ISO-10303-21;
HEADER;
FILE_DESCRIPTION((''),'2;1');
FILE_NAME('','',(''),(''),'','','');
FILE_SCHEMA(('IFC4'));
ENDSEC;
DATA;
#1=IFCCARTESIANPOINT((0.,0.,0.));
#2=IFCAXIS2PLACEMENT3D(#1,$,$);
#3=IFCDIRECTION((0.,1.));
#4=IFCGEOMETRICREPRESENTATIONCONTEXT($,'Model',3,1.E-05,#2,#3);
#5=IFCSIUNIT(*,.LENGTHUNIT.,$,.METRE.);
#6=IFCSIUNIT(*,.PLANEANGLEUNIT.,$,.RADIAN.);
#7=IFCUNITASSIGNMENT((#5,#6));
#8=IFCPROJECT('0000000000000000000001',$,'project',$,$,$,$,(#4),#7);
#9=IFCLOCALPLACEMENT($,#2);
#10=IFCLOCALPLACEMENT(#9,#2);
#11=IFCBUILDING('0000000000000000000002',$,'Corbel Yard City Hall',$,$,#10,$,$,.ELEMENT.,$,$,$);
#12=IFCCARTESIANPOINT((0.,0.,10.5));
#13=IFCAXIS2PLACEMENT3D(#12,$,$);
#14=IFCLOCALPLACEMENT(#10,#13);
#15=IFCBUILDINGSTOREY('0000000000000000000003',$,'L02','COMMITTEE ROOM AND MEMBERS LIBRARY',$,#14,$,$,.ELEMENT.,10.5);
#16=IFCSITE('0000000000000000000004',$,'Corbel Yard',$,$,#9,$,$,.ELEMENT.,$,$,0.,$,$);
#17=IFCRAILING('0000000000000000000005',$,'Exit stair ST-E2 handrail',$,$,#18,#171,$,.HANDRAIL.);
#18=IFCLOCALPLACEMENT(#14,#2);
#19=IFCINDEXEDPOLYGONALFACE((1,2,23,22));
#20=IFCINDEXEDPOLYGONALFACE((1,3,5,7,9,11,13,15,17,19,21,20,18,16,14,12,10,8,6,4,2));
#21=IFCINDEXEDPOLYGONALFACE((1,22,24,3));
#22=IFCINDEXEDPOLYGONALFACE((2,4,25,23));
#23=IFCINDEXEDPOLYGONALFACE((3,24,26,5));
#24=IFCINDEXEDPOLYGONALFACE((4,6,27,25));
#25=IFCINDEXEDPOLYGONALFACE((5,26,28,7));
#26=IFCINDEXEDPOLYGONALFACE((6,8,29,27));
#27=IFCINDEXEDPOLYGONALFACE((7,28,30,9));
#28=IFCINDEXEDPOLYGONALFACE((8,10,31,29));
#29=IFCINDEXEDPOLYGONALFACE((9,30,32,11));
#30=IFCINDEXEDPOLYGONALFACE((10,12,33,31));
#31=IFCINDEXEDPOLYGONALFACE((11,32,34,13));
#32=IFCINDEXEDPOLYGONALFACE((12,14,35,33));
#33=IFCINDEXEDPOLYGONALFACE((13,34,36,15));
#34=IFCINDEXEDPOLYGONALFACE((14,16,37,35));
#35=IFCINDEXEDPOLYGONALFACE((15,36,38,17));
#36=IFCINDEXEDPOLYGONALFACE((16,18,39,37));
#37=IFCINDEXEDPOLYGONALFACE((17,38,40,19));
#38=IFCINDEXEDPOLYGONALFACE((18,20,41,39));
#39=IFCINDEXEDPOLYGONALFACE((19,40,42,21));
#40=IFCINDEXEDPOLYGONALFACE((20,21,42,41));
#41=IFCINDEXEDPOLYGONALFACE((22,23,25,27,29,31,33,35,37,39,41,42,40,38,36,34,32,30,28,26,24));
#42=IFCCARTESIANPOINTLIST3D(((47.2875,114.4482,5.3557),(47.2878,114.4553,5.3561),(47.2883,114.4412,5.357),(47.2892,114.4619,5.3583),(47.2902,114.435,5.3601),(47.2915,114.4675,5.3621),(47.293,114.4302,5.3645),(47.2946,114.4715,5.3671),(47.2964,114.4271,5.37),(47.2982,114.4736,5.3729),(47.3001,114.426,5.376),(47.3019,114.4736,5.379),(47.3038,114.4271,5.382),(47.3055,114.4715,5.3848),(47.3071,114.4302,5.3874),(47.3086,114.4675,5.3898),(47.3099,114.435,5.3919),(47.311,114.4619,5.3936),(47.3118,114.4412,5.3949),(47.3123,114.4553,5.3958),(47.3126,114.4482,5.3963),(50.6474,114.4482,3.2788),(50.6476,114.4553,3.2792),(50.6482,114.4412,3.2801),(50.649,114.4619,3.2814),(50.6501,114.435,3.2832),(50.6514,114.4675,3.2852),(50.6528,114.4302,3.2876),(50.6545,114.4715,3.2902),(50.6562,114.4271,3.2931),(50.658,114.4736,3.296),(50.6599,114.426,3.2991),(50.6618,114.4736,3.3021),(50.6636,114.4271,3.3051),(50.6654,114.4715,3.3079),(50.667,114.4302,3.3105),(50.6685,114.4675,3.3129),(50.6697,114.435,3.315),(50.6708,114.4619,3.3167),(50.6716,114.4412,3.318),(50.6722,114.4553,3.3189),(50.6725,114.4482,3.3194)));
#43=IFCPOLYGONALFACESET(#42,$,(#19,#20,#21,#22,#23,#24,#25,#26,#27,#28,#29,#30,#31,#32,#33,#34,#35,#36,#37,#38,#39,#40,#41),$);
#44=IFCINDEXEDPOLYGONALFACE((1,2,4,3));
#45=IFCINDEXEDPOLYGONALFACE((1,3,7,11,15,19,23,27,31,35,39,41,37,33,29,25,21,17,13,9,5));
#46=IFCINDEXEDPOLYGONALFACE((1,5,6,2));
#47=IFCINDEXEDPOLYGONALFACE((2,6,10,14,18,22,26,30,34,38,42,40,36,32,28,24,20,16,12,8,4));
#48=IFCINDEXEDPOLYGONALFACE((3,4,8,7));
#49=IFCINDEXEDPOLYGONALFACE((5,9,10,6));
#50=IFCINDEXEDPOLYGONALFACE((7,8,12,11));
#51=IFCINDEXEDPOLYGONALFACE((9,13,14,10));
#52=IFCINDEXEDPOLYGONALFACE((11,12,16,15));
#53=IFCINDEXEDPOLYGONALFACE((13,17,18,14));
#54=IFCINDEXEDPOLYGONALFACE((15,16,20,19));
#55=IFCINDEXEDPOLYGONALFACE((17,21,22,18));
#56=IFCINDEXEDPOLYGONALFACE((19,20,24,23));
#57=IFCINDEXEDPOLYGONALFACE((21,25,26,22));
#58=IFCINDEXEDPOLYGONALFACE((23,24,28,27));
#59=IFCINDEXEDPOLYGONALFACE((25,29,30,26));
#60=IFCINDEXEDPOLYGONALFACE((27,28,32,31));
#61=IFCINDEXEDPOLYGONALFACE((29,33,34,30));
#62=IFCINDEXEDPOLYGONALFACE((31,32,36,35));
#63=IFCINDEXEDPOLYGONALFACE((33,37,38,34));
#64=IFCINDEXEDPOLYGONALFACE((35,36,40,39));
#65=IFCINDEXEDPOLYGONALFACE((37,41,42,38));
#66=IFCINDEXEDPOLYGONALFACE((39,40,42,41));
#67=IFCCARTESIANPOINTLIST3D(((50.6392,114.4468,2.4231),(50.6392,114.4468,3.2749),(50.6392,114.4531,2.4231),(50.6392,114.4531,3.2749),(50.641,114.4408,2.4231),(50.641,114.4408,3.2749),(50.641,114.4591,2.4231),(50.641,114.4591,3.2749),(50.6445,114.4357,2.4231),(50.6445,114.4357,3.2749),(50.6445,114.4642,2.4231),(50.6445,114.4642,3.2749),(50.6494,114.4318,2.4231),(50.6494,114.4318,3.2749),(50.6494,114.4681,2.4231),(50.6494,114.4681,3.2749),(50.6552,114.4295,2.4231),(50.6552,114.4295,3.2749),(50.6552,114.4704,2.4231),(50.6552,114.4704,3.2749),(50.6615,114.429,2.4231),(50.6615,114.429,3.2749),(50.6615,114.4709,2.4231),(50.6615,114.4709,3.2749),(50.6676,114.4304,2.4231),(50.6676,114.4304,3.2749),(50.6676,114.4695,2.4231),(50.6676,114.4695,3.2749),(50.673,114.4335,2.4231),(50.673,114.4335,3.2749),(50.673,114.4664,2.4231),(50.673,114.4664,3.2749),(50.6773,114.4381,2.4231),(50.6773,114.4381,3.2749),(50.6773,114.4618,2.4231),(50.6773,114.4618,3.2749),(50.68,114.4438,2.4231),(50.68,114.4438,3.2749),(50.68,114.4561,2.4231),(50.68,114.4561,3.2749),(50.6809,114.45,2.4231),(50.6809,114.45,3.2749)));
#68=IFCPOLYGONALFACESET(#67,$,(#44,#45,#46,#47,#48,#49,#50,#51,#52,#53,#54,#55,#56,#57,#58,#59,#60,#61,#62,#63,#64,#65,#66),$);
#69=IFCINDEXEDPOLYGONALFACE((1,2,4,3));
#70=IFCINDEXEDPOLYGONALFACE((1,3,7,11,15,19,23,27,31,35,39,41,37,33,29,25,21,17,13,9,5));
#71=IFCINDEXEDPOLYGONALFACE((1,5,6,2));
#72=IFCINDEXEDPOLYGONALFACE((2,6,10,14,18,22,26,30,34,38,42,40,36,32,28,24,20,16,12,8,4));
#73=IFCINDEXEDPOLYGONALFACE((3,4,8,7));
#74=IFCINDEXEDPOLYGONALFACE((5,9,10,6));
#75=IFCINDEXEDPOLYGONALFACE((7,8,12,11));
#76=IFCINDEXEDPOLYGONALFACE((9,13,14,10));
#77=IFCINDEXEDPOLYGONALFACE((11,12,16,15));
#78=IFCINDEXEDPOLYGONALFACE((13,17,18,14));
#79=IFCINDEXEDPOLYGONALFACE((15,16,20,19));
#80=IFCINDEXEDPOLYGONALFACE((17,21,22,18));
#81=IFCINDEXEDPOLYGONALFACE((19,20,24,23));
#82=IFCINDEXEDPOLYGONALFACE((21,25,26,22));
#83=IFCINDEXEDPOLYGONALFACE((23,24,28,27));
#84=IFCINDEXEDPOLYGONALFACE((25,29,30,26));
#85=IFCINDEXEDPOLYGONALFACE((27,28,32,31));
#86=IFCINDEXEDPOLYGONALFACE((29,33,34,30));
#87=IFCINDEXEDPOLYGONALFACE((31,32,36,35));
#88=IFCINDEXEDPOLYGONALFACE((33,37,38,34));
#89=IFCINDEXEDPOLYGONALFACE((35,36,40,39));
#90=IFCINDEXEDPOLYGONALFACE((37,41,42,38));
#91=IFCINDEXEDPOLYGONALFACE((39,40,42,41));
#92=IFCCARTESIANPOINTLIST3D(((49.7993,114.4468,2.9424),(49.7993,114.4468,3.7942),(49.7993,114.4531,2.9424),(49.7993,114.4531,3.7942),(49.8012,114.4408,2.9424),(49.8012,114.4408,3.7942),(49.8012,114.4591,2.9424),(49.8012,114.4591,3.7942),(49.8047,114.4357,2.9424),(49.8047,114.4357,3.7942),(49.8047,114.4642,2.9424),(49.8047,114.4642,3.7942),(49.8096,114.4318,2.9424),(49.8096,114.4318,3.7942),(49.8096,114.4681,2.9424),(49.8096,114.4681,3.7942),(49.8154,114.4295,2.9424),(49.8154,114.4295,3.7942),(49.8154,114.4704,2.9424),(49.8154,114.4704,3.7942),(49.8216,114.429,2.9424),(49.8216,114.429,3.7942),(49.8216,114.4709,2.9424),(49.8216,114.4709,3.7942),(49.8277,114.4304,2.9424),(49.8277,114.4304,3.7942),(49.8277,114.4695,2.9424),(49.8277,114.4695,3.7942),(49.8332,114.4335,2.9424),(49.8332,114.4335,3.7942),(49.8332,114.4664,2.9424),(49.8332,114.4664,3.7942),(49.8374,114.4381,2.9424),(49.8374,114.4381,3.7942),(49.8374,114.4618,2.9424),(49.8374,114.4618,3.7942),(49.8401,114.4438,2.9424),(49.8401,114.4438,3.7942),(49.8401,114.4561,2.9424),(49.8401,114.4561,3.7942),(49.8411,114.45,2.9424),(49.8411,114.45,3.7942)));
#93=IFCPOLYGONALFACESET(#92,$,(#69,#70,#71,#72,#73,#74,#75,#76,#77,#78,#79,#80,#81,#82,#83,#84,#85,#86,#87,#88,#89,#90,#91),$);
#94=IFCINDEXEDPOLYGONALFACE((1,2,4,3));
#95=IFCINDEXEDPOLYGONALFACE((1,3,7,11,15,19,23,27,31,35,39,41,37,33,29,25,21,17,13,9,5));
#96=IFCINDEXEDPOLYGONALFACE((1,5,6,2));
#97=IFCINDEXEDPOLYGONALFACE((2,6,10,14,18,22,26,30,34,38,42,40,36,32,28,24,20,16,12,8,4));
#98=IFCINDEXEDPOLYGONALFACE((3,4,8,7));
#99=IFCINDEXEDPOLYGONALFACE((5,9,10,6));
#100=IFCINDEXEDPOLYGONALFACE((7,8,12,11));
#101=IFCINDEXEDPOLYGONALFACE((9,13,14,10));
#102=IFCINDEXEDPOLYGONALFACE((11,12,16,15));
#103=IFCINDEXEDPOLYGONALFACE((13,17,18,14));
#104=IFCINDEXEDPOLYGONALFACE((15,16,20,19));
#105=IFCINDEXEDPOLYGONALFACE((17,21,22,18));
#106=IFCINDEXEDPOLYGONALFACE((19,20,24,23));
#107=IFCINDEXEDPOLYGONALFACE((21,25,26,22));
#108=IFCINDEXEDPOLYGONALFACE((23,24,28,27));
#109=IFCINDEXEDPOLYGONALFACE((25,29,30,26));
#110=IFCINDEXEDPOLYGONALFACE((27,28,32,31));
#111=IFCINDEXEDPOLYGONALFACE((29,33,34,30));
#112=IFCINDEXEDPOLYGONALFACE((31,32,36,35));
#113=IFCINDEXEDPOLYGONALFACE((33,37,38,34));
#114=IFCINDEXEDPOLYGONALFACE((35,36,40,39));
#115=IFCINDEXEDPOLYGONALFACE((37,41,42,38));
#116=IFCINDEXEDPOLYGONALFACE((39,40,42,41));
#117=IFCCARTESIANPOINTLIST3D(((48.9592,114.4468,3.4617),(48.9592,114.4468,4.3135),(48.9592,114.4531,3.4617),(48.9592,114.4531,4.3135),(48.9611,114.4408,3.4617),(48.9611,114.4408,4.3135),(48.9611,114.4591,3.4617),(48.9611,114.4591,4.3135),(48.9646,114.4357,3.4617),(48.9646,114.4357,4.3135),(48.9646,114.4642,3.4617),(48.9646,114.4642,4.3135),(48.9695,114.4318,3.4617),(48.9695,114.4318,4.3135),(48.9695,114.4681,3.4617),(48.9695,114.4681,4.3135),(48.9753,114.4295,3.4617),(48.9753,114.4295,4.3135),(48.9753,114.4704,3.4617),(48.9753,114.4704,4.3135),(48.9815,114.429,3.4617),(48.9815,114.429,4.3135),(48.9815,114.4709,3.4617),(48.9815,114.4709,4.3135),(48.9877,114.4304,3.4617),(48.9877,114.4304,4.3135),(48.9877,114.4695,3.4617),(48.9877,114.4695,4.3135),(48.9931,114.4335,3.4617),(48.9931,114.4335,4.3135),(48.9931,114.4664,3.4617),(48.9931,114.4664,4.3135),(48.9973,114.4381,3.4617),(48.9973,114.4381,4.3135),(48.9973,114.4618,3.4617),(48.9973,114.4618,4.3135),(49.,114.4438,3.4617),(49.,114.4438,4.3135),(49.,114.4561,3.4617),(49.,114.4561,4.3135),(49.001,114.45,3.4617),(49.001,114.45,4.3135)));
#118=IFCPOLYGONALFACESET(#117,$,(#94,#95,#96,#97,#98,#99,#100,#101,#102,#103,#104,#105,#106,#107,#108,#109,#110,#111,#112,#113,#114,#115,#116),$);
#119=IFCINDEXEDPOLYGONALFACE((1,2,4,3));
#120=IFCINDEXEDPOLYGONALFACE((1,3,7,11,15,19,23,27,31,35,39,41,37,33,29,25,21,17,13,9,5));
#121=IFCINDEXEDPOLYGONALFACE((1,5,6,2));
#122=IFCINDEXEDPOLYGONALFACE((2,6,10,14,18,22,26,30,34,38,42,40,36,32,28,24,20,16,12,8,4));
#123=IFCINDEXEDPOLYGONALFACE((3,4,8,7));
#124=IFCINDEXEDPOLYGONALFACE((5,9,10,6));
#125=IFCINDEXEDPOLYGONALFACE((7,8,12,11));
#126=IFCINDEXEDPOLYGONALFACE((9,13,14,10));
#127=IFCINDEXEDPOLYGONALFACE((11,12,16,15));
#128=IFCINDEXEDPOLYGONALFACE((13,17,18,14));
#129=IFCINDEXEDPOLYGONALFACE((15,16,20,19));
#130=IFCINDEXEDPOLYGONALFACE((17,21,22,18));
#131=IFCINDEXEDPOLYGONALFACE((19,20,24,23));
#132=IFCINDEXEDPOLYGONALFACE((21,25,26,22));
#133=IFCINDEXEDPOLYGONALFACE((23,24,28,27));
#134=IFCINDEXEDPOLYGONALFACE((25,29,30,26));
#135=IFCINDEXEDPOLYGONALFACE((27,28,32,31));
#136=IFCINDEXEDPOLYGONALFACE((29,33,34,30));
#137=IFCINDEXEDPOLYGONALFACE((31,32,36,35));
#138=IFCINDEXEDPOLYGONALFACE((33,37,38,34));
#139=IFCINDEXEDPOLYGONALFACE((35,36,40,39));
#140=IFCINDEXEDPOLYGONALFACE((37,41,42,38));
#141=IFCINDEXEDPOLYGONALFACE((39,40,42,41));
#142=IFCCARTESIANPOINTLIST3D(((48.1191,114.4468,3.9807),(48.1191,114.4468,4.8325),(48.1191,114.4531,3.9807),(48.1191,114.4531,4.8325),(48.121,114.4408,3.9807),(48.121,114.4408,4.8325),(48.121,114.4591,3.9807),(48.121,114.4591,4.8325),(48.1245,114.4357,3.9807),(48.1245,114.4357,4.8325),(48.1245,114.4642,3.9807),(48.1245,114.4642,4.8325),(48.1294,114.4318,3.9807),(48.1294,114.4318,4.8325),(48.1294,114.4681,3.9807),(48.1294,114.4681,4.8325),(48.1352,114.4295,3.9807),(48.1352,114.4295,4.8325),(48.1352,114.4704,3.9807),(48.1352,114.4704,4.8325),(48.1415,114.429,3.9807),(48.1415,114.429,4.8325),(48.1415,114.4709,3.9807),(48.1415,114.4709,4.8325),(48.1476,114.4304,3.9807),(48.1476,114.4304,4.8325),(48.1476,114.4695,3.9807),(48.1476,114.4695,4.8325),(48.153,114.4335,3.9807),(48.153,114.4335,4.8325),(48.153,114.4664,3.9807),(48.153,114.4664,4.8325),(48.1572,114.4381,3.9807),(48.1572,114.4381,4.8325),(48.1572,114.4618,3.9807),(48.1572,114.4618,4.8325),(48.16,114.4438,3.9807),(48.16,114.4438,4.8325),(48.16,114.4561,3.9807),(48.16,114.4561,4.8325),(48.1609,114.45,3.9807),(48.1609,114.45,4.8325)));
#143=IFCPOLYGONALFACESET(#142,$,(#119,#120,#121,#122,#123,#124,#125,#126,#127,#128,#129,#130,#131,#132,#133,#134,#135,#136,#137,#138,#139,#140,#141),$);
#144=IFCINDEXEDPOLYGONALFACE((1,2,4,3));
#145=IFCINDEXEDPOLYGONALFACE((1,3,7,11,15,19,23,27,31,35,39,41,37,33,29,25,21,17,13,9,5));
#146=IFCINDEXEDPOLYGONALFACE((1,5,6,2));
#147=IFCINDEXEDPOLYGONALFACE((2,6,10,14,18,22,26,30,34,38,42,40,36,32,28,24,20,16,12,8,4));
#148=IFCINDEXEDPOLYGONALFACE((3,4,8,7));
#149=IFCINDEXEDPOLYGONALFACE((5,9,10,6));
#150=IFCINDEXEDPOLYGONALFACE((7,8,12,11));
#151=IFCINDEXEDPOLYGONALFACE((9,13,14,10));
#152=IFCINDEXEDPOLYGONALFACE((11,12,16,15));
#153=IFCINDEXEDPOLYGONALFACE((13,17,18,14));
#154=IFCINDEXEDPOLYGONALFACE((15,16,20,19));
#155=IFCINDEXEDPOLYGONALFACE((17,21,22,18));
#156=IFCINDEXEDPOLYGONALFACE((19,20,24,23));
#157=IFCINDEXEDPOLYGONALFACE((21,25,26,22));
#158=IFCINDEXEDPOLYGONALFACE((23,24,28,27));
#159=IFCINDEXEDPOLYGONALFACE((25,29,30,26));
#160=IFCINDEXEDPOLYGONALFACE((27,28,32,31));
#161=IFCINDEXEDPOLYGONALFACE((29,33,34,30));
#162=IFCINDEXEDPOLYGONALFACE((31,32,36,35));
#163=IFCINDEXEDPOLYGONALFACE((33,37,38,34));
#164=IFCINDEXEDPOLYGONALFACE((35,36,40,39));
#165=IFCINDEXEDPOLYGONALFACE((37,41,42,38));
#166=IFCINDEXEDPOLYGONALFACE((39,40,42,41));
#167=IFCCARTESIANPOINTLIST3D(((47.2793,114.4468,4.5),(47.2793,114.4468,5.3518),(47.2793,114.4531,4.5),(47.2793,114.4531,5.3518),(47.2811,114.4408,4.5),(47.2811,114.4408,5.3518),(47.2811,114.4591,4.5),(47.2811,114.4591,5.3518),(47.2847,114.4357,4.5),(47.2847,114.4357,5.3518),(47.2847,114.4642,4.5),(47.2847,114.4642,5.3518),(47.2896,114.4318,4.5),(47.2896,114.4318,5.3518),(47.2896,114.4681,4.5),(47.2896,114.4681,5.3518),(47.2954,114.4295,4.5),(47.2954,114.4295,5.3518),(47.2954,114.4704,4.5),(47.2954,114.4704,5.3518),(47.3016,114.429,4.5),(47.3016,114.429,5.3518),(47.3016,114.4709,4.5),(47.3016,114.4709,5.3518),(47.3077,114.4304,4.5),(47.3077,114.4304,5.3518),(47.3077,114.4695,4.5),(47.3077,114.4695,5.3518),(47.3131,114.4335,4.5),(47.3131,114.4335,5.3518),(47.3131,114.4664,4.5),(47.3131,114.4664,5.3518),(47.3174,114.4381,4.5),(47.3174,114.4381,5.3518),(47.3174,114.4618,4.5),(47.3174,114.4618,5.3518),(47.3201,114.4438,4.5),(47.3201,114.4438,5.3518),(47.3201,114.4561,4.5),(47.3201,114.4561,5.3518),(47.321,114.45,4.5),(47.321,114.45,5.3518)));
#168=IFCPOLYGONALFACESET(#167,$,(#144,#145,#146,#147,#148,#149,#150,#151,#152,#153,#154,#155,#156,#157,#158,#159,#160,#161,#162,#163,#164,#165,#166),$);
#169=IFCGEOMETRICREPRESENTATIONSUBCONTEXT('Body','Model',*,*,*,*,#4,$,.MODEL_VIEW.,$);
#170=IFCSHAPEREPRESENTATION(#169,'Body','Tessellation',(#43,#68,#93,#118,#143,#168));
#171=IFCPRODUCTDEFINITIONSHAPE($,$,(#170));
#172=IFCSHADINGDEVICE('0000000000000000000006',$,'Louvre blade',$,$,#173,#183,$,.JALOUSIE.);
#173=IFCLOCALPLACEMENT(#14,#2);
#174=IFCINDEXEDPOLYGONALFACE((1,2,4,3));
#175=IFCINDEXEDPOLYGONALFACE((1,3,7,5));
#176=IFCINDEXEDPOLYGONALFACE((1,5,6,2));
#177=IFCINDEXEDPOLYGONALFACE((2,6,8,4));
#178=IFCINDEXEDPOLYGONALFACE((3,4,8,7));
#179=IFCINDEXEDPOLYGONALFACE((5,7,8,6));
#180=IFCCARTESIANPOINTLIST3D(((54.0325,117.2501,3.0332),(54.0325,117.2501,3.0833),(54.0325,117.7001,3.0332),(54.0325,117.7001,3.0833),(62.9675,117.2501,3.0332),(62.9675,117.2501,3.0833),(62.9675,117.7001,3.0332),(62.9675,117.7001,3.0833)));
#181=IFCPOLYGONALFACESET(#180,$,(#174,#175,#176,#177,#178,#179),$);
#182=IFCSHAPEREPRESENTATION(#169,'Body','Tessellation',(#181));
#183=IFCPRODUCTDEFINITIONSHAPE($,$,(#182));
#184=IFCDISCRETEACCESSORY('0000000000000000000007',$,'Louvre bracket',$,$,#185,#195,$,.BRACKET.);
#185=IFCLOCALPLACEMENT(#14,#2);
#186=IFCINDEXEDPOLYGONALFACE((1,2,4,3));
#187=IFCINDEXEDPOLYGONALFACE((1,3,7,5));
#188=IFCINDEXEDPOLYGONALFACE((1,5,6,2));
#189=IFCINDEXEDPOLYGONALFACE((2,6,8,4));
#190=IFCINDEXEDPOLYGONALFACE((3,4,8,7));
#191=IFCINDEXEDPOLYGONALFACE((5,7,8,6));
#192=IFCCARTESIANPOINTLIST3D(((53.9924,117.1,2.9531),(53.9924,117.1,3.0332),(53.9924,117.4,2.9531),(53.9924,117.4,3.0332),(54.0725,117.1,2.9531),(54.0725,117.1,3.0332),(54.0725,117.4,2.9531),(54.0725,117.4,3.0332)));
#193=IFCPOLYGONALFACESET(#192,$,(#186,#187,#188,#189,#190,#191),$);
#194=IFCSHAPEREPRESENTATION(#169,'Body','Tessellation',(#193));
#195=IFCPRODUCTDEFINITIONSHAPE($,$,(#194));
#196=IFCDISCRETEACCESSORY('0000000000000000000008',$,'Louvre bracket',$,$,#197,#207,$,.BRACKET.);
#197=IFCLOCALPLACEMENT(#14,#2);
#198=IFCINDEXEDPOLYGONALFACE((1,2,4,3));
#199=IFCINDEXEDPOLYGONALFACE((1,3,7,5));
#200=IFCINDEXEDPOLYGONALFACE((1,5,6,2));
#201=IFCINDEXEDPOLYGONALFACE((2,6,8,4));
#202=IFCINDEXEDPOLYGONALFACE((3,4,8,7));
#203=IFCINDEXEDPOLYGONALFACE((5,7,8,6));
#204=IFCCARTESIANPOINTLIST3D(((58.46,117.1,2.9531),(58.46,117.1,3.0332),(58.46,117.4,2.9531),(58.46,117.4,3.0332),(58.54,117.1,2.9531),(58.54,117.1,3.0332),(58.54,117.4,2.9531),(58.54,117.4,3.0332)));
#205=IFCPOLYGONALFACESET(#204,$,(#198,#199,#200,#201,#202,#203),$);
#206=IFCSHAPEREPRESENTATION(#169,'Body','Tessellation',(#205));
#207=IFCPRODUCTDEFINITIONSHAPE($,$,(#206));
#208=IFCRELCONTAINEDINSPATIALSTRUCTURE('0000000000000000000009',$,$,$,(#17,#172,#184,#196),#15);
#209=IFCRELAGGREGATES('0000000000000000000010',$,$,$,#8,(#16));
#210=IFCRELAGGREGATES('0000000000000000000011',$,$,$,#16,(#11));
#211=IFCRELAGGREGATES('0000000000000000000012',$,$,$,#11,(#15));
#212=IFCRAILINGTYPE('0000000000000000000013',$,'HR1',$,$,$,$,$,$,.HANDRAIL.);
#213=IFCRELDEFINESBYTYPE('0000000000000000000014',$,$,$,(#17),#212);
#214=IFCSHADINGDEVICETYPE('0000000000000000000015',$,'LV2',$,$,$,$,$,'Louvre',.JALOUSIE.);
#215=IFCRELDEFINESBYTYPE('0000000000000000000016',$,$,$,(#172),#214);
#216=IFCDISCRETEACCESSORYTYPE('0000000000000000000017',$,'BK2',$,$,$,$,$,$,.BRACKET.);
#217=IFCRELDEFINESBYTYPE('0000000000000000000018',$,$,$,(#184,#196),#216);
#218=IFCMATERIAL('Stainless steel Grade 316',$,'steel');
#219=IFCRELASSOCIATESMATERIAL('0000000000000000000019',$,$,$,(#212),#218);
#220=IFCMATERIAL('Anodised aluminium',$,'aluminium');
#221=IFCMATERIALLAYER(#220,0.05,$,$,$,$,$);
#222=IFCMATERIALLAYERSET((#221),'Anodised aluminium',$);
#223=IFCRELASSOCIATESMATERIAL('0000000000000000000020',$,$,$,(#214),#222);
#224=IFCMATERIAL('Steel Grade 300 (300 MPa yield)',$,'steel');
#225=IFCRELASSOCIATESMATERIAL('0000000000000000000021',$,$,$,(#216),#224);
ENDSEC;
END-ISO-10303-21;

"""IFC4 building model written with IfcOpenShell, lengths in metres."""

from ifc_helpers import new_model, si_unit, direction, frame, origin, origin_2d, place, context, subcontext, project, spatial, rectangle, circle, extrude, material, layer, layer_set, type_object, element, save


model = new_model("IFC4")

# Units and contexts
model_context = context("Model", 3, precision=1e-05, world=origin(), true_north=direction((0.0, 1.0)))
body_context = subcontext(model_context, "Body", "Model", "MODEL_VIEW")
ifc_project = project(units=[si_unit("LENGTHUNIT", "METRE"), si_unit("PLANEANGLEUNIT", "RADIAN")], contexts=[model_context])

# Site, building, storey
site_placement = place(None, origin())
site = spatial("IfcSite", under=ifc_project, at=site_placement, Name="Corbel Yard", CompositionType="ELEMENT", RefElevation=0.0)
building_placement = place(site_placement, origin())
building = spatial("IfcBuilding", under=site, at=building_placement, Name="Corbel Yard City Hall", CompositionType="ELEMENT")
storey_placement = place(building_placement, frame((0.0, 0.0, 10.5)))
storey = spatial("IfcBuildingStorey", under=building, at=storey_placement, Name="L02", Description="COMMITTEE ROOM AND MEMBERS LIBRARY", CompositionType="ELEMENT", Elevation=10.5)

# Shared definitions
ifc_material_1 = material(Name="Steel Grade 300 (300 MPa yield)", Category="steel")

# Railing
ifc_material_2 = material(Name="Stainless steel Grade 316", Category="steel")
railing_type = type_object("IfcRailingType", Name="HR1", PredefinedType="HANDRAIL", material=ifc_material_2)
railing_placement = place(storey_placement, frame((50.6599, 114.45, 2.4231)))
element("IfcRailing", 1, at=railing_placement, inside=storey, type_object=railing_type, Name="Exit stair ST-E2 handrail", PredefinedType="HANDRAIL", context=body_context, shape_type="SweptSolid", body=[
    extrude(circle(Radius=0.0239, at=origin_2d()), frame((0.0, 0.0, 0.876), z_axis=(-0.850606, 0.0, 0.525803), x_axis=(0.0, -1.0, 0.0)), (0.0, 0.0, 1.0), 3.95),
    extrude(circle(Radius=0.021, at=origin_2d()), origin(), (0.0, 0.0, 1.0), 0.8518),
    extrude(circle(Radius=0.021, at=origin_2d()), frame((-0.8398, 0.0, 0.5193)), (0.0, 0.0, 1.0), 0.8518),
    extrude(circle(Radius=0.021, at=origin_2d()), frame((-1.6799, 0.0, 1.0386)), (0.0, 0.0, 1.0), 0.8518),
    extrude(circle(Radius=0.021, at=origin_2d()), frame((-2.52, 0.0, 1.5576)), (0.0, 0.0, 1.0), 0.8518),
    extrude(circle(Radius=0.021, at=origin_2d()), frame((-3.3599, 0.0, 2.0769)), (0.0, 0.0, 1.0), 0.8518),
])

# Shading device
ifc_material_3 = material(Name="Anodised aluminium", Category="aluminium")
ifc_layer_1 = layer(ifc_material_3, 0.05)
ifc_layer_set_1 = layer_set([ifc_layer_1], Name="Anodised aluminium")
shading_device_type = type_object("IfcShadingDeviceType", Name="LV2", ElementType="Louvre", PredefinedType="JALOUSIE", material=ifc_layer_set_1)
shading_device_placement = place(storey_placement, frame((58.5, 117.4751, 3.0332), z_axis=(0.0, 0.0, 1.0), x_axis=(1.0, 0.0, 0.0)))
element("IfcShadingDevice", 2, at=shading_device_placement, inside=storey, type_object=shading_device_type, Name="Louvre blade", PredefinedType="JALOUSIE", context=body_context, shape_type="SweptSolid", body=[
    extrude(rectangle(XDim=8.9351, YDim=0.45, at=origin_2d()), origin(), (0.0, 0.0, 1.0), 0.05),
])

# Discrete accessories
discrete_accessory_type = type_object("IfcDiscreteAccessoryType", Name="BK2", PredefinedType="BRACKET", material=ifc_material_1)
for number, where, z_axis, x_axis, name in (
    (3, (54.0325, 117.25, 2.9531), (0.0, 0.0, 1.0), (1.0, 0.0, 0.0), "Louvre bracket"),
    (4, (58.5, 117.25, 2.9531), (0.0, 0.0, 1.0), (1.0, 0.0, 0.0), "Louvre bracket"),
):
    element("IfcDiscreteAccessory", number, at=place(storey_placement, frame(where, z_axis=z_axis, x_axis=x_axis)), inside=storey, type_object=discrete_accessory_type, Name=name, PredefinedType="BRACKET", context=body_context, shape_type="SweptSolid", body=[
        extrude(rectangle(XDim=0.0801, YDim=0.3, at=origin_2d()), origin(), (0.0, 0.0, 1.0), 0.0801),
    ])

save(model, "model.ifc")
